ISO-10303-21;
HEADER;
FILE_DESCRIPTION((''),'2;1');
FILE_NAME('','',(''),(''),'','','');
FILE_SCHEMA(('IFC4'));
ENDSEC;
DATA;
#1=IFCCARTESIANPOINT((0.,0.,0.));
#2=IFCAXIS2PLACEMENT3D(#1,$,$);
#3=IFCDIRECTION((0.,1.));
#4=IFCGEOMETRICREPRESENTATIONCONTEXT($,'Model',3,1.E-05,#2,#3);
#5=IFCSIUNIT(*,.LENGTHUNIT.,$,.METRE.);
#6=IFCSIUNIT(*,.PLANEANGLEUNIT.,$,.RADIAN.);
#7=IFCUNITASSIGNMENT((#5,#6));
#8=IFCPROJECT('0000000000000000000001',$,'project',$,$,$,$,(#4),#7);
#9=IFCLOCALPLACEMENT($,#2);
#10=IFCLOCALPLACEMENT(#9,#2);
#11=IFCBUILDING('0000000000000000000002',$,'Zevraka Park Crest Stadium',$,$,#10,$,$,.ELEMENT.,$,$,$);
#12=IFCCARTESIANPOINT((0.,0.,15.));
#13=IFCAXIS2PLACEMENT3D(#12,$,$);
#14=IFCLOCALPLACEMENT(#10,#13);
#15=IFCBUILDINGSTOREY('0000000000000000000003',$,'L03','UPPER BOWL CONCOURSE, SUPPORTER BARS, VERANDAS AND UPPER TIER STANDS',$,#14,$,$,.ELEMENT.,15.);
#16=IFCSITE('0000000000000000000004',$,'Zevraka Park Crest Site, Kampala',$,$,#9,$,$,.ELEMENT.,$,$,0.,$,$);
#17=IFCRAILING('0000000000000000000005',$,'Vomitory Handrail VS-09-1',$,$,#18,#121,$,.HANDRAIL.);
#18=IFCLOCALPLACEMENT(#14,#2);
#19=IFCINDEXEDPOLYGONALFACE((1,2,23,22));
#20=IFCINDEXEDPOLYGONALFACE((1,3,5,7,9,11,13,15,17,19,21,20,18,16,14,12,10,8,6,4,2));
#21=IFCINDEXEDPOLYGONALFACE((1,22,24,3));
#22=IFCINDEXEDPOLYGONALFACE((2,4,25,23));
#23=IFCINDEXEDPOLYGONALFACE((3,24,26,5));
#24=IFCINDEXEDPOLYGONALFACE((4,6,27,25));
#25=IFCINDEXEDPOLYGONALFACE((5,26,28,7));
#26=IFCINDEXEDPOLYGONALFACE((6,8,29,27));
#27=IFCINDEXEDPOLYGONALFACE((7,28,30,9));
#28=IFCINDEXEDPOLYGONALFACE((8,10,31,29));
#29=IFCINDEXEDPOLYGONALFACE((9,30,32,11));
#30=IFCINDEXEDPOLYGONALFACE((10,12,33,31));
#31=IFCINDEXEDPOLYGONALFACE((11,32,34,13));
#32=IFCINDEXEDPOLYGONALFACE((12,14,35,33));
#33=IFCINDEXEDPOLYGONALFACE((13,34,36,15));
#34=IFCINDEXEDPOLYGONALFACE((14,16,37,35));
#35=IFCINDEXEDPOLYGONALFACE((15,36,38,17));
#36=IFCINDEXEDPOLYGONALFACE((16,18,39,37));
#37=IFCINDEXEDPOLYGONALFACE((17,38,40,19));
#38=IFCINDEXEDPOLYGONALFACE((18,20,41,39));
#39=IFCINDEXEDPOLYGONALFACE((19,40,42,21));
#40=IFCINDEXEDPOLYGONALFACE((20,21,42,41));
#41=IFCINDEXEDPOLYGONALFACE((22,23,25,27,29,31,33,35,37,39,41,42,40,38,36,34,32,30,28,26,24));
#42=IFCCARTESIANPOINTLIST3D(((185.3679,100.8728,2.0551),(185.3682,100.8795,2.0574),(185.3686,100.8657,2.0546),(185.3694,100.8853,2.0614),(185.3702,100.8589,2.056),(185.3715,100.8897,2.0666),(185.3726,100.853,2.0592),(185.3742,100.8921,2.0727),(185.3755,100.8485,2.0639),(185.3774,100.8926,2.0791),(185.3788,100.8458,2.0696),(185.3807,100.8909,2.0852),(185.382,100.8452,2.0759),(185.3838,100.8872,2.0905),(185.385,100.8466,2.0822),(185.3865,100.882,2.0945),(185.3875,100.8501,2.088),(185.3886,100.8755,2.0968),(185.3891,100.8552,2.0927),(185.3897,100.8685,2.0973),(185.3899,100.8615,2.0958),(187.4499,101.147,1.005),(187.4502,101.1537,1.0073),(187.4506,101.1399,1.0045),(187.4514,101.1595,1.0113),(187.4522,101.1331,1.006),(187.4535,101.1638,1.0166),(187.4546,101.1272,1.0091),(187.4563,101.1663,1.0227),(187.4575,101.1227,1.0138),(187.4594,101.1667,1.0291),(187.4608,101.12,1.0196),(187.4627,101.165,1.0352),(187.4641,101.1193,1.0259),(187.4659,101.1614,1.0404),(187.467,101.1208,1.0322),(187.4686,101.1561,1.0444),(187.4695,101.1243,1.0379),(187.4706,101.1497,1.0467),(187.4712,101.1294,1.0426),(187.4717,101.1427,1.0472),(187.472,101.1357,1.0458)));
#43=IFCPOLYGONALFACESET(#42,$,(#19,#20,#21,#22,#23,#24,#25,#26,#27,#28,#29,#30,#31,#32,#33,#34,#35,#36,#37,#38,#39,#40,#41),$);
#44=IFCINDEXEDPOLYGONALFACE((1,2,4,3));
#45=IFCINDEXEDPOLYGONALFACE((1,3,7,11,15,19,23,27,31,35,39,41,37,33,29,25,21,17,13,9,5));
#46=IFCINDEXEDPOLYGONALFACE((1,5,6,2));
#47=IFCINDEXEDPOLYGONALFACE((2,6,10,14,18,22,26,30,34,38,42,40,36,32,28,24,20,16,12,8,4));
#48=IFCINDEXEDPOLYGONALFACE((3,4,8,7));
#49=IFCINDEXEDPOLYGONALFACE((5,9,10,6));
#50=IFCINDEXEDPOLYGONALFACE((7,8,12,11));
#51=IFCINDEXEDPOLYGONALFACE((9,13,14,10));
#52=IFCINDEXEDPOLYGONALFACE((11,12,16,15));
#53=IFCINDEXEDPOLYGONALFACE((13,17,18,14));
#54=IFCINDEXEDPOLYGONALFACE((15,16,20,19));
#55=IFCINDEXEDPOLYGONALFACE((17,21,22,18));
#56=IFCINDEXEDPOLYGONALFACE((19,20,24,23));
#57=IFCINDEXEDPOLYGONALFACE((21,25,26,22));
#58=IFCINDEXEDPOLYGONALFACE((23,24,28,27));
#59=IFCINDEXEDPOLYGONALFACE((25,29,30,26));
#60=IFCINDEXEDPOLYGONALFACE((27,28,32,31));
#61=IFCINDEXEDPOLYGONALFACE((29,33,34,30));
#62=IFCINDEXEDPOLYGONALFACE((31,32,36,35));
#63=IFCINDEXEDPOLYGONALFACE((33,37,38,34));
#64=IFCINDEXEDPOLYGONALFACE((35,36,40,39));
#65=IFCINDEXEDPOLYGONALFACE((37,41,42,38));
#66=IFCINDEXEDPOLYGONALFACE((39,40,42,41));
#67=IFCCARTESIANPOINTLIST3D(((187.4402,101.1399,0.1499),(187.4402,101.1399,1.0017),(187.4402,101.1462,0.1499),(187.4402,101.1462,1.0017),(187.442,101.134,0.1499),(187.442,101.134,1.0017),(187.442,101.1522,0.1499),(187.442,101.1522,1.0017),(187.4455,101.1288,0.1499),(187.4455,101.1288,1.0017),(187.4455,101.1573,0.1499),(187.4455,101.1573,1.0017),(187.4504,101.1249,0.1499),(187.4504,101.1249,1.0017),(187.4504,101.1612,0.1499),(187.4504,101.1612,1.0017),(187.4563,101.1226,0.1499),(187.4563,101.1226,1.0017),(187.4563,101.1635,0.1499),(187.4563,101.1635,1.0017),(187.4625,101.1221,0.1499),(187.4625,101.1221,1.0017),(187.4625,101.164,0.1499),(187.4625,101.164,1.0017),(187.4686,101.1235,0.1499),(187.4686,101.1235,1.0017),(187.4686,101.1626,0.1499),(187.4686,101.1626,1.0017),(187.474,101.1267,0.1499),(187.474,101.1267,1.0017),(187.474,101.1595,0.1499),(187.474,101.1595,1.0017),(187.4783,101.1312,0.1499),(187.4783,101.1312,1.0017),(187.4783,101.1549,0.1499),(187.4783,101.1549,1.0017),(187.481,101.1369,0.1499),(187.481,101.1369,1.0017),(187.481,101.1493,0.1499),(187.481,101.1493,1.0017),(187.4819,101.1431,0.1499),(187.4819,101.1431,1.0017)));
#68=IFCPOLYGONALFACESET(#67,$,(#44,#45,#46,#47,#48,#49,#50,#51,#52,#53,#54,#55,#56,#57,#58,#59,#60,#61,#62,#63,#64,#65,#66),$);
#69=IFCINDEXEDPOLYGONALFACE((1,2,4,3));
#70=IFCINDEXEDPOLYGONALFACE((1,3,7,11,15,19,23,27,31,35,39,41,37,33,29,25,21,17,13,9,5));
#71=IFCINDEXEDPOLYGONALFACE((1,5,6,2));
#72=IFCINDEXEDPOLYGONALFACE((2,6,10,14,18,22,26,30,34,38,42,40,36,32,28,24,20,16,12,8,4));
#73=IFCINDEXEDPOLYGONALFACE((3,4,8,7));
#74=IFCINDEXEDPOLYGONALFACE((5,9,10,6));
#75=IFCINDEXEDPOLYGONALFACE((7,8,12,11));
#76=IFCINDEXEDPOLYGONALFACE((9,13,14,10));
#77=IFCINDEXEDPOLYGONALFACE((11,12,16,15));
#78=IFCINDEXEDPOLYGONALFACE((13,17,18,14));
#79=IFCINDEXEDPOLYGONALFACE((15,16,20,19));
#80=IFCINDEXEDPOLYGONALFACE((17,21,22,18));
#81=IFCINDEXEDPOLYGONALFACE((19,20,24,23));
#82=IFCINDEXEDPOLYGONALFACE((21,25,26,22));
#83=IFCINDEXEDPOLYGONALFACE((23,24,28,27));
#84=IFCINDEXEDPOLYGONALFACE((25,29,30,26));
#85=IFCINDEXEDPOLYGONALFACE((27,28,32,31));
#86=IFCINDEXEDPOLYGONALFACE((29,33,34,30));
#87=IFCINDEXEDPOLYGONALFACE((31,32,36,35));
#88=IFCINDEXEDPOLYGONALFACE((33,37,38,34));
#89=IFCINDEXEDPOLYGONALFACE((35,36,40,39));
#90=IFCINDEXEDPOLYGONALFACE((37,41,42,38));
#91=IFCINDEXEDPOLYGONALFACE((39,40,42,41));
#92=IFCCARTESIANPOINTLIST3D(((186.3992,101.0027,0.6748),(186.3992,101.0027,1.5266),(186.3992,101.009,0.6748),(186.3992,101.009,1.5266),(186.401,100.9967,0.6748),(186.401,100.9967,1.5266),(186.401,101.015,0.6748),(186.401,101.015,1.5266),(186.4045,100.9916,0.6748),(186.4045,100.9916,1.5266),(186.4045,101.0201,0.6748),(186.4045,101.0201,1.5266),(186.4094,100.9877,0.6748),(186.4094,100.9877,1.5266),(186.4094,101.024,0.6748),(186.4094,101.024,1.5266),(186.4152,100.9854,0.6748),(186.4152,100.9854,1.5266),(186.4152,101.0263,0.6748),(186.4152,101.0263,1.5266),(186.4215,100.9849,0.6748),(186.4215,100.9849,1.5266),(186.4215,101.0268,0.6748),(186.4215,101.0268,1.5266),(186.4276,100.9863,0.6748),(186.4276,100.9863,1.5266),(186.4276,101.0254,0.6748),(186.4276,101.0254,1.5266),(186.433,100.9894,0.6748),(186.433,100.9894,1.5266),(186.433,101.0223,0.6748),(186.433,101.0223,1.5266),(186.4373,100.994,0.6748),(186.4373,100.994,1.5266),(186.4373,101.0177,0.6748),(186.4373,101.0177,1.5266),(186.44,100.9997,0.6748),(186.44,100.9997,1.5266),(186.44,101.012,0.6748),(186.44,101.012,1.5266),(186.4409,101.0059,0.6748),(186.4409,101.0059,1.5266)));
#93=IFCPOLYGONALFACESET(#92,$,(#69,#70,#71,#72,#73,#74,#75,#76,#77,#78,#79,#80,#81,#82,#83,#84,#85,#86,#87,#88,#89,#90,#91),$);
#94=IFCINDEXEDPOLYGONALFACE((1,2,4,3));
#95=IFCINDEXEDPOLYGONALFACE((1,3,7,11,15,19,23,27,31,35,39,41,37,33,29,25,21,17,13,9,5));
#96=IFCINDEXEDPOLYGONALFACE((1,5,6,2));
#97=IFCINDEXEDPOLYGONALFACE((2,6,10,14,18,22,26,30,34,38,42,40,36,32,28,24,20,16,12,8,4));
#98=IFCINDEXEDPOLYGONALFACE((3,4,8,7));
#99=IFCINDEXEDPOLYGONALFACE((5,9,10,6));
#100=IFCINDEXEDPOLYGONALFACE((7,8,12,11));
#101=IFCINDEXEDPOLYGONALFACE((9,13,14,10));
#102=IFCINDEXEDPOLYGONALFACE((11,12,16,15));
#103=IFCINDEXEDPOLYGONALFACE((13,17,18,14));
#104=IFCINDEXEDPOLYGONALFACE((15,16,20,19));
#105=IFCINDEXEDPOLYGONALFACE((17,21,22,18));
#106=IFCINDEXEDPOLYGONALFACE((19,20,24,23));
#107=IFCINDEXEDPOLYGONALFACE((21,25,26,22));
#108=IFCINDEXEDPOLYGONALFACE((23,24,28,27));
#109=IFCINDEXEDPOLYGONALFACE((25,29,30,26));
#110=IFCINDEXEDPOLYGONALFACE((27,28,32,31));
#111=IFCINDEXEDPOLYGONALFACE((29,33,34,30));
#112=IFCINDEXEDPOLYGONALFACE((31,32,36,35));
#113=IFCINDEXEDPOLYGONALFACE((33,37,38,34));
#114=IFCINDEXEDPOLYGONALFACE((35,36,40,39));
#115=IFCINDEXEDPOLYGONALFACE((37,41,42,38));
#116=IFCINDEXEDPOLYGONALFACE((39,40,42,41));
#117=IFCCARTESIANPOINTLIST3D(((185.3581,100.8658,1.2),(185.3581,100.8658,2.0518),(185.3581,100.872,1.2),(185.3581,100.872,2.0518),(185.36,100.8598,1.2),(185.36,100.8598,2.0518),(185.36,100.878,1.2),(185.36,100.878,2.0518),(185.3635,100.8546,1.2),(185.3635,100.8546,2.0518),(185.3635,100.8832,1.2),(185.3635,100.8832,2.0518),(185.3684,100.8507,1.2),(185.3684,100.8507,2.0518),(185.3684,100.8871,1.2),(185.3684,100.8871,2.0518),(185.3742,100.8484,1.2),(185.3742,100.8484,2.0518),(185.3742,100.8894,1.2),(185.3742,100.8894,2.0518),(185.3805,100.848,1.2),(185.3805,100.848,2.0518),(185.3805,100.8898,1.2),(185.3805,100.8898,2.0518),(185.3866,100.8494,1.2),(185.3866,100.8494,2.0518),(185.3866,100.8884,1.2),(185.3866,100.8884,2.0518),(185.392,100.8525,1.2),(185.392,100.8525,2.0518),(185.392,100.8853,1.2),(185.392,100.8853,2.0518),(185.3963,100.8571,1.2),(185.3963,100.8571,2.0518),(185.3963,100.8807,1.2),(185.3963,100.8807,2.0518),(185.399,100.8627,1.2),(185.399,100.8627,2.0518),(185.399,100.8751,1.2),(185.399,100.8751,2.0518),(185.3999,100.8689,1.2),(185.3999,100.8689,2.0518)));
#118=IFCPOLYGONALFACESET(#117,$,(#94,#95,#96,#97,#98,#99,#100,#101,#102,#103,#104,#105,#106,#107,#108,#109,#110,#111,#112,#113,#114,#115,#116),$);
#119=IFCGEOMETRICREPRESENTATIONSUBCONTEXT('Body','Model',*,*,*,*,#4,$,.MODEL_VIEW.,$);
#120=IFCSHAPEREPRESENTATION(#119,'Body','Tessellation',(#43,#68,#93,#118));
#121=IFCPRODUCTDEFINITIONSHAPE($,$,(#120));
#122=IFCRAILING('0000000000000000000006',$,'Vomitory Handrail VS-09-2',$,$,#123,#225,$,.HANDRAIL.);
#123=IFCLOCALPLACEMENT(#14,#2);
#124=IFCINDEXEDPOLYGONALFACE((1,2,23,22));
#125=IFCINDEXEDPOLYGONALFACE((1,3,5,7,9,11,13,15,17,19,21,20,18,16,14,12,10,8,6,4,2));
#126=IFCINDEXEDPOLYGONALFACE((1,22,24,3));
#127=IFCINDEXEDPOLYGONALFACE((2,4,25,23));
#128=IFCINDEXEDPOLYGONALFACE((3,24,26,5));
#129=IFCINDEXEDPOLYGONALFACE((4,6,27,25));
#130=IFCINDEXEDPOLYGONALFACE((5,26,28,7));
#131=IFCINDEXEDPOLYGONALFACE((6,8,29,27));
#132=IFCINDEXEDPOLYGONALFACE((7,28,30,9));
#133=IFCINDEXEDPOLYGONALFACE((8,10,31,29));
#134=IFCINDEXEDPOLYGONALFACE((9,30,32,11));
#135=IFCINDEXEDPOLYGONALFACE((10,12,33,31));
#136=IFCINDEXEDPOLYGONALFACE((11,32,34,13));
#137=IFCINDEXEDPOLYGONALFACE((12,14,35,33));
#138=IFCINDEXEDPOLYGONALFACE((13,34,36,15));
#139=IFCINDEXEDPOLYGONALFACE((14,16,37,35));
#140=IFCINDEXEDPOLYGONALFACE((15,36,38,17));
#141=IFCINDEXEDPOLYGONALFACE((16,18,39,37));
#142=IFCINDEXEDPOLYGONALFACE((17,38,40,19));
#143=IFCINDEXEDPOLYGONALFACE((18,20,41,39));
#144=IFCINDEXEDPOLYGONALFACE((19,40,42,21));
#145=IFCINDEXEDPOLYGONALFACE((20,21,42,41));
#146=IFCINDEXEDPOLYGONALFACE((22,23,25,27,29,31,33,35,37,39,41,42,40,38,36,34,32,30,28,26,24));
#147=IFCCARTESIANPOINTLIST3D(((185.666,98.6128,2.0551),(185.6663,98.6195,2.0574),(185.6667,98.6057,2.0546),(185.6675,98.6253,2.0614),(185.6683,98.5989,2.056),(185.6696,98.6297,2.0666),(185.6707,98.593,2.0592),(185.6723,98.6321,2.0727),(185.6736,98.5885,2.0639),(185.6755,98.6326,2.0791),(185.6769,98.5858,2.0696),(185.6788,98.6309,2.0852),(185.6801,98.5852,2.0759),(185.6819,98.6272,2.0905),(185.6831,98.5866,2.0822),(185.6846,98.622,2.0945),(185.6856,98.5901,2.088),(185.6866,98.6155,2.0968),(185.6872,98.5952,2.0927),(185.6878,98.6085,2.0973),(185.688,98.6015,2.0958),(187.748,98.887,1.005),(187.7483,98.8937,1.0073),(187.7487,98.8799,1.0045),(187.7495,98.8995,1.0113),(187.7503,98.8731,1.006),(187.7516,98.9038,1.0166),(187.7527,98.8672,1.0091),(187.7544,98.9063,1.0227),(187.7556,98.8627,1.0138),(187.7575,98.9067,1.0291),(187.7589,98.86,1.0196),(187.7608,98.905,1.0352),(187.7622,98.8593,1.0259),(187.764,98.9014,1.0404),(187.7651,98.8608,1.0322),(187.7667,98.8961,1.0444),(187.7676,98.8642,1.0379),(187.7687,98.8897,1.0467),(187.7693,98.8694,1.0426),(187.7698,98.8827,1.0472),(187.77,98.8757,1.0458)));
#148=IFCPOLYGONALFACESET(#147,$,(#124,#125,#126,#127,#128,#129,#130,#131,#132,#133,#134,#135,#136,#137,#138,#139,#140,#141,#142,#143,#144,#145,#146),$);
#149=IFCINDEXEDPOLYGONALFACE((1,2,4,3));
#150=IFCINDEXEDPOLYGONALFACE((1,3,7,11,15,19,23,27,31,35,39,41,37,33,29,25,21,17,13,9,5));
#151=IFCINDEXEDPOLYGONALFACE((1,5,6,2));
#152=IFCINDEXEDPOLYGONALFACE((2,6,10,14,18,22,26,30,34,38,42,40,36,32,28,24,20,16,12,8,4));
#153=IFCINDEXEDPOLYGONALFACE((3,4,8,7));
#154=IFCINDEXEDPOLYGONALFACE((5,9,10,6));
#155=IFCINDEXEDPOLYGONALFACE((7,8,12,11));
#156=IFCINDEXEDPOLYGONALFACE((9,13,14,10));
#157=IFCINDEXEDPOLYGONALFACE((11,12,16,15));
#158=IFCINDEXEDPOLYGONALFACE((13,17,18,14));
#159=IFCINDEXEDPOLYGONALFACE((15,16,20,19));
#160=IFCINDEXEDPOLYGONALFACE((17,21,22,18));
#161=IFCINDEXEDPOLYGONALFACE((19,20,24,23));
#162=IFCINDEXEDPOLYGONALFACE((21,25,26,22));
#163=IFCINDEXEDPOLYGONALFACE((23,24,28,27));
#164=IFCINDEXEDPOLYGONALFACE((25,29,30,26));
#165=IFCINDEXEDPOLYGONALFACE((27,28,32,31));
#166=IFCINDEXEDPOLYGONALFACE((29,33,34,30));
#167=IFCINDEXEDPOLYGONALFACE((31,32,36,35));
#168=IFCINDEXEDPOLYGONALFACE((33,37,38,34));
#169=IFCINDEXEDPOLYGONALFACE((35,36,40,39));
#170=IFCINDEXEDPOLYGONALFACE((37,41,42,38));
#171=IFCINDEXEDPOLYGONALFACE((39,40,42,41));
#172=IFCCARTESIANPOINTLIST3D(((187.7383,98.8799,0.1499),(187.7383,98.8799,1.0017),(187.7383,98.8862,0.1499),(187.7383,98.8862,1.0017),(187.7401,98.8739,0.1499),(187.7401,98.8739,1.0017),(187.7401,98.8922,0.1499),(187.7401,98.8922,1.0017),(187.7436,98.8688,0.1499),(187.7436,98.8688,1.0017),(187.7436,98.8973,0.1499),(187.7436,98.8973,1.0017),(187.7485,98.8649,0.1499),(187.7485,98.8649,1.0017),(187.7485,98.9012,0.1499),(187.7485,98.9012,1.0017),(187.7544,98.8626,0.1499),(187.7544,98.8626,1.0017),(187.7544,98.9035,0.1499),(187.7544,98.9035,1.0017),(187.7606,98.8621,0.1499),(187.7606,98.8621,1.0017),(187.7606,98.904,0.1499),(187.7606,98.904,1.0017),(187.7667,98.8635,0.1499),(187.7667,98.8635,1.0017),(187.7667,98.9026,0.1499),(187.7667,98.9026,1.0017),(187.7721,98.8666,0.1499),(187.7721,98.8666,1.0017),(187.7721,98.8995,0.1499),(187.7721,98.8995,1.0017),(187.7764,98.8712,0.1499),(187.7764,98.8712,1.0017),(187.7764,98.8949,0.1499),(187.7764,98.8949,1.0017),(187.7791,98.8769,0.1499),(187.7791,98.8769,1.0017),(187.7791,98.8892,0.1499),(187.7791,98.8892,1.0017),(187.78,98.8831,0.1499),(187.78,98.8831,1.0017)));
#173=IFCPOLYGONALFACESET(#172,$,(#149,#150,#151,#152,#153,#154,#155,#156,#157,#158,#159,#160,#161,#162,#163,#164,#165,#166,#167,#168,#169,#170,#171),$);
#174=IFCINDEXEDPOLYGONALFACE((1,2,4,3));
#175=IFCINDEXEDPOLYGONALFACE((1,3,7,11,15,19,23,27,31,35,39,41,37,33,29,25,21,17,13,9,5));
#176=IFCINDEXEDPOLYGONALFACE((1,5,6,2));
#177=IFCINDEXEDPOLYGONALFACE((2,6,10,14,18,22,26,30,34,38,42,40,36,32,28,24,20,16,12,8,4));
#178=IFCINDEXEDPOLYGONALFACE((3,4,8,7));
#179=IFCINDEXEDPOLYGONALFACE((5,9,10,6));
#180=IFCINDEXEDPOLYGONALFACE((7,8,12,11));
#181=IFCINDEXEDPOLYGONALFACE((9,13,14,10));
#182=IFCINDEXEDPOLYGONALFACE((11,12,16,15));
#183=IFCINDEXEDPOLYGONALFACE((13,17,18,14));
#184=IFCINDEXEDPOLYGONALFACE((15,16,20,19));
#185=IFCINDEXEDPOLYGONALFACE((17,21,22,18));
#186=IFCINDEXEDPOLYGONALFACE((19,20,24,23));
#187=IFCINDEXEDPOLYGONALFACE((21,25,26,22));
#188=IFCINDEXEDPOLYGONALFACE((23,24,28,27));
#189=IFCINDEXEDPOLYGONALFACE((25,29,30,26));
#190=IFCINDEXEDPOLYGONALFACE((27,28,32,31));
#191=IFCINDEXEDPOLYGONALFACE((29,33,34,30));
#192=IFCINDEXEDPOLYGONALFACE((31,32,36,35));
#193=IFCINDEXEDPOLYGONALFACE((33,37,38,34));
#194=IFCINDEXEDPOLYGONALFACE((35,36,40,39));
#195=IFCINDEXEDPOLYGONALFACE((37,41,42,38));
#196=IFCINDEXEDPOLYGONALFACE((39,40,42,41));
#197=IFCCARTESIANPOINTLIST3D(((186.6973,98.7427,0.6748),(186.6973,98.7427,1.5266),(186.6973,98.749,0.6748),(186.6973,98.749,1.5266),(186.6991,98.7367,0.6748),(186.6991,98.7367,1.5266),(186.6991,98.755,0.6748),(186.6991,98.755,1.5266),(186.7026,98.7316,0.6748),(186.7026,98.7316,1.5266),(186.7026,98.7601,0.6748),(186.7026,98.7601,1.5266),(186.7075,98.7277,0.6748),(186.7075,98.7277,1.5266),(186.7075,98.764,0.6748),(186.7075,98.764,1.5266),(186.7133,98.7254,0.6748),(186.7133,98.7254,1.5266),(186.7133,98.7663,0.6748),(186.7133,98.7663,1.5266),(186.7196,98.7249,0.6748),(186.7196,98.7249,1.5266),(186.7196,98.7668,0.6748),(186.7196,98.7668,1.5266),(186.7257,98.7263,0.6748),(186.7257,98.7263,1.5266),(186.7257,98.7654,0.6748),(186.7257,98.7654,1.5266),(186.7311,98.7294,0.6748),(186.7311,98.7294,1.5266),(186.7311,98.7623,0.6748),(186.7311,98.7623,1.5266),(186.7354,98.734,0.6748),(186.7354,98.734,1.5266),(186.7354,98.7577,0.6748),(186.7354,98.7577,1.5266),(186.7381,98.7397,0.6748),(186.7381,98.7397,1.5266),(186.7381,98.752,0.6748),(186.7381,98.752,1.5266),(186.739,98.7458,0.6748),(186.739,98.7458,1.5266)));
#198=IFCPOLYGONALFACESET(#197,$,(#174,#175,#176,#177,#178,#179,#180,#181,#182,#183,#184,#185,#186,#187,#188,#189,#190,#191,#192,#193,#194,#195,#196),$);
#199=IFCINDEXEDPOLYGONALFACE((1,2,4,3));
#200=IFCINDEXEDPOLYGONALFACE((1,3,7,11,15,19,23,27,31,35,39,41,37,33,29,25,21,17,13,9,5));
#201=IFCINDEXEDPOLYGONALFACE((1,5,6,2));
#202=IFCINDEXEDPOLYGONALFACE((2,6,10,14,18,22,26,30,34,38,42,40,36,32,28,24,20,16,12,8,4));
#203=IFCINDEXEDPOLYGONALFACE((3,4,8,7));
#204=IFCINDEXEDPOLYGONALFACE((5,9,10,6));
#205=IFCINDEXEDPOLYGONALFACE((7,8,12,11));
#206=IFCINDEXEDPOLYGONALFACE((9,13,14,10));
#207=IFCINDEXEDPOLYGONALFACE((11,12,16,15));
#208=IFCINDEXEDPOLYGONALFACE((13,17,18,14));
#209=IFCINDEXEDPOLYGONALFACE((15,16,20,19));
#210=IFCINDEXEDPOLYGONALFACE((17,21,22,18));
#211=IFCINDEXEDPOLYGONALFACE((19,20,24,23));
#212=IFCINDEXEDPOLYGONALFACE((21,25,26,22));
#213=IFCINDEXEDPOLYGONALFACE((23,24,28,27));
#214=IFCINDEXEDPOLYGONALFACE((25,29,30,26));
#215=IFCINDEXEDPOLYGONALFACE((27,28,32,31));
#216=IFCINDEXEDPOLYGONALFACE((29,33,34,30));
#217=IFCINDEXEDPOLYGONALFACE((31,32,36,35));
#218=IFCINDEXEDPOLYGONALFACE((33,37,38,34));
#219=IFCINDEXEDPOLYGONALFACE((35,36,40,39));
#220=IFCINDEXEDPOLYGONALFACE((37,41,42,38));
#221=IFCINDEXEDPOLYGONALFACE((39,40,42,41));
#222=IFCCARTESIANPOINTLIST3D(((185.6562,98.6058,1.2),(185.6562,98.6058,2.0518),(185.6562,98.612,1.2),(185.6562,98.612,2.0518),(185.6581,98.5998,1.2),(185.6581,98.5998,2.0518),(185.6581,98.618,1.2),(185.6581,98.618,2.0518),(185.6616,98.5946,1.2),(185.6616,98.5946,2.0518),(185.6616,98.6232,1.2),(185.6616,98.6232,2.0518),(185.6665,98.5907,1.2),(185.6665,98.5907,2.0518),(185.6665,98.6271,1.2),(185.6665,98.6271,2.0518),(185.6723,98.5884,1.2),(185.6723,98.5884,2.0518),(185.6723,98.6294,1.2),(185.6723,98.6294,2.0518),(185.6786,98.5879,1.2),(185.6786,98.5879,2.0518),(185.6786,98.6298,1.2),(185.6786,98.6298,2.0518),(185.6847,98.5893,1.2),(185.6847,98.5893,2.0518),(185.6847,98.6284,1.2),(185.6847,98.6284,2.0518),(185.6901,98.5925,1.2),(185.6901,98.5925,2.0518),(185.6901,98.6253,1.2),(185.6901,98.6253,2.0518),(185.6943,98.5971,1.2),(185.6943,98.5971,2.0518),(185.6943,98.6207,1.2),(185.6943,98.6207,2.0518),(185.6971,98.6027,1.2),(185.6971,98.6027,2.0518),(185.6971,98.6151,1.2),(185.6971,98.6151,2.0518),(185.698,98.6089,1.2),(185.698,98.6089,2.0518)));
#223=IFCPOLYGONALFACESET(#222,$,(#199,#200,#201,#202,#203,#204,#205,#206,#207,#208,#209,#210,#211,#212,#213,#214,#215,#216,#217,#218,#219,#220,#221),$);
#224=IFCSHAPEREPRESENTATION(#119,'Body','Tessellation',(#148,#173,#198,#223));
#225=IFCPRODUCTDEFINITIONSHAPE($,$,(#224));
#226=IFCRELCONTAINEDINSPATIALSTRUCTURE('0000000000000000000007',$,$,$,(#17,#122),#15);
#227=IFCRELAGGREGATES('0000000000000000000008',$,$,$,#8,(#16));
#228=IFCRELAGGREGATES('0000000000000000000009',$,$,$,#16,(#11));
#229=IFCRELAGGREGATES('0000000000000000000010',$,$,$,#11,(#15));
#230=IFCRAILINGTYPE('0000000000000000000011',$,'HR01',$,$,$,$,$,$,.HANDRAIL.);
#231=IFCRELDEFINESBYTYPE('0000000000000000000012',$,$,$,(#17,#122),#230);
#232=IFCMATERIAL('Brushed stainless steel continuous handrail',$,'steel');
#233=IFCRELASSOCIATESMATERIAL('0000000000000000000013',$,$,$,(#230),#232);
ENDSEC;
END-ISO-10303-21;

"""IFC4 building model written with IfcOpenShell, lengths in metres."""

from ifc_helpers import new_model, si_unit, direction, frame, origin, origin_2d, place, context, subcontext, project, spatial, circle, extrude, material, type_object, element, save


model = new_model("IFC4")

# Units and contexts
model_context = context("Model", 3, precision=1e-05, world=origin(), true_north=direction((0.0, 1.0)))
body_context = subcontext(model_context, "Body", "Model", "MODEL_VIEW")
ifc_project = project(units=[si_unit("LENGTHUNIT", "METRE"), si_unit("PLANEANGLEUNIT", "RADIAN")], contexts=[model_context])

# Site, building, storey
site_placement = place(None, origin())
site = spatial("IfcSite", under=ifc_project, at=site_placement, Name="Zevraka Park Crest Site, Kampala", CompositionType="ELEMENT", RefElevation=0.0)
building_placement = place(site_placement, origin())
building = spatial("IfcBuilding", under=site, at=building_placement, Name="Zevraka Park Crest Stadium", CompositionType="ELEMENT")
storey_placement = place(building_placement, frame((0.0, 0.0, 15.0)))
storey = spatial("IfcBuildingStorey", under=building, at=storey_placement, Name="L03", Description="UPPER BOWL CONCOURSE, SUPPORTER BARS, VERANDAS AND UPPER TIER STANDS", CompositionType="ELEMENT", Elevation=15.0)

# Railings
ifc_material_1 = material(Name="Brushed stainless steel continuous handrail", Category="steel")
railing_type_1 = type_object("IfcRailingType", Name="HR01", PredefinedType="HANDRAIL", material=ifc_material_1)
for number, where, name in (
    (1, (187.4609, 101.1431, 0.1499), "Vomitory Handrail VS-09-1"),
    (2, (187.759, 98.8831, 0.1499), "Vomitory Handrail VS-09-2"),
):
    element("IfcRailing", number, at=place(storey_placement, frame(where)), inside=storey, type_object=railing_type_1, Name=name, PredefinedType="HANDRAIL", context=body_context, shape_type="SweptSolid", body=[
        extrude(circle(Radius=0.0239, at=origin_2d()), frame((0.0, 0.0, 0.876), z_axis=(-0.886764, -0.116772, 0.447229), x_axis=(0.130557, -0.991441, 0.0)), (0.0, 0.0, 1.0), 2.3479),
        extrude(circle(Radius=0.021, at=origin_2d()), origin(), (0.0, 0.0, 1.0), 0.8518),
        extrude(circle(Radius=0.021, at=origin_2d()), frame((-1.041, -0.1372, 0.5249)), (0.0, 0.0, 1.0), 0.8518),
        extrude(circle(Radius=0.021, at=origin_2d()), frame((-2.082, -0.2742, 1.05)), (0.0, 0.0, 1.0), 0.8518),
    ])

save(model, "model.ifc")
